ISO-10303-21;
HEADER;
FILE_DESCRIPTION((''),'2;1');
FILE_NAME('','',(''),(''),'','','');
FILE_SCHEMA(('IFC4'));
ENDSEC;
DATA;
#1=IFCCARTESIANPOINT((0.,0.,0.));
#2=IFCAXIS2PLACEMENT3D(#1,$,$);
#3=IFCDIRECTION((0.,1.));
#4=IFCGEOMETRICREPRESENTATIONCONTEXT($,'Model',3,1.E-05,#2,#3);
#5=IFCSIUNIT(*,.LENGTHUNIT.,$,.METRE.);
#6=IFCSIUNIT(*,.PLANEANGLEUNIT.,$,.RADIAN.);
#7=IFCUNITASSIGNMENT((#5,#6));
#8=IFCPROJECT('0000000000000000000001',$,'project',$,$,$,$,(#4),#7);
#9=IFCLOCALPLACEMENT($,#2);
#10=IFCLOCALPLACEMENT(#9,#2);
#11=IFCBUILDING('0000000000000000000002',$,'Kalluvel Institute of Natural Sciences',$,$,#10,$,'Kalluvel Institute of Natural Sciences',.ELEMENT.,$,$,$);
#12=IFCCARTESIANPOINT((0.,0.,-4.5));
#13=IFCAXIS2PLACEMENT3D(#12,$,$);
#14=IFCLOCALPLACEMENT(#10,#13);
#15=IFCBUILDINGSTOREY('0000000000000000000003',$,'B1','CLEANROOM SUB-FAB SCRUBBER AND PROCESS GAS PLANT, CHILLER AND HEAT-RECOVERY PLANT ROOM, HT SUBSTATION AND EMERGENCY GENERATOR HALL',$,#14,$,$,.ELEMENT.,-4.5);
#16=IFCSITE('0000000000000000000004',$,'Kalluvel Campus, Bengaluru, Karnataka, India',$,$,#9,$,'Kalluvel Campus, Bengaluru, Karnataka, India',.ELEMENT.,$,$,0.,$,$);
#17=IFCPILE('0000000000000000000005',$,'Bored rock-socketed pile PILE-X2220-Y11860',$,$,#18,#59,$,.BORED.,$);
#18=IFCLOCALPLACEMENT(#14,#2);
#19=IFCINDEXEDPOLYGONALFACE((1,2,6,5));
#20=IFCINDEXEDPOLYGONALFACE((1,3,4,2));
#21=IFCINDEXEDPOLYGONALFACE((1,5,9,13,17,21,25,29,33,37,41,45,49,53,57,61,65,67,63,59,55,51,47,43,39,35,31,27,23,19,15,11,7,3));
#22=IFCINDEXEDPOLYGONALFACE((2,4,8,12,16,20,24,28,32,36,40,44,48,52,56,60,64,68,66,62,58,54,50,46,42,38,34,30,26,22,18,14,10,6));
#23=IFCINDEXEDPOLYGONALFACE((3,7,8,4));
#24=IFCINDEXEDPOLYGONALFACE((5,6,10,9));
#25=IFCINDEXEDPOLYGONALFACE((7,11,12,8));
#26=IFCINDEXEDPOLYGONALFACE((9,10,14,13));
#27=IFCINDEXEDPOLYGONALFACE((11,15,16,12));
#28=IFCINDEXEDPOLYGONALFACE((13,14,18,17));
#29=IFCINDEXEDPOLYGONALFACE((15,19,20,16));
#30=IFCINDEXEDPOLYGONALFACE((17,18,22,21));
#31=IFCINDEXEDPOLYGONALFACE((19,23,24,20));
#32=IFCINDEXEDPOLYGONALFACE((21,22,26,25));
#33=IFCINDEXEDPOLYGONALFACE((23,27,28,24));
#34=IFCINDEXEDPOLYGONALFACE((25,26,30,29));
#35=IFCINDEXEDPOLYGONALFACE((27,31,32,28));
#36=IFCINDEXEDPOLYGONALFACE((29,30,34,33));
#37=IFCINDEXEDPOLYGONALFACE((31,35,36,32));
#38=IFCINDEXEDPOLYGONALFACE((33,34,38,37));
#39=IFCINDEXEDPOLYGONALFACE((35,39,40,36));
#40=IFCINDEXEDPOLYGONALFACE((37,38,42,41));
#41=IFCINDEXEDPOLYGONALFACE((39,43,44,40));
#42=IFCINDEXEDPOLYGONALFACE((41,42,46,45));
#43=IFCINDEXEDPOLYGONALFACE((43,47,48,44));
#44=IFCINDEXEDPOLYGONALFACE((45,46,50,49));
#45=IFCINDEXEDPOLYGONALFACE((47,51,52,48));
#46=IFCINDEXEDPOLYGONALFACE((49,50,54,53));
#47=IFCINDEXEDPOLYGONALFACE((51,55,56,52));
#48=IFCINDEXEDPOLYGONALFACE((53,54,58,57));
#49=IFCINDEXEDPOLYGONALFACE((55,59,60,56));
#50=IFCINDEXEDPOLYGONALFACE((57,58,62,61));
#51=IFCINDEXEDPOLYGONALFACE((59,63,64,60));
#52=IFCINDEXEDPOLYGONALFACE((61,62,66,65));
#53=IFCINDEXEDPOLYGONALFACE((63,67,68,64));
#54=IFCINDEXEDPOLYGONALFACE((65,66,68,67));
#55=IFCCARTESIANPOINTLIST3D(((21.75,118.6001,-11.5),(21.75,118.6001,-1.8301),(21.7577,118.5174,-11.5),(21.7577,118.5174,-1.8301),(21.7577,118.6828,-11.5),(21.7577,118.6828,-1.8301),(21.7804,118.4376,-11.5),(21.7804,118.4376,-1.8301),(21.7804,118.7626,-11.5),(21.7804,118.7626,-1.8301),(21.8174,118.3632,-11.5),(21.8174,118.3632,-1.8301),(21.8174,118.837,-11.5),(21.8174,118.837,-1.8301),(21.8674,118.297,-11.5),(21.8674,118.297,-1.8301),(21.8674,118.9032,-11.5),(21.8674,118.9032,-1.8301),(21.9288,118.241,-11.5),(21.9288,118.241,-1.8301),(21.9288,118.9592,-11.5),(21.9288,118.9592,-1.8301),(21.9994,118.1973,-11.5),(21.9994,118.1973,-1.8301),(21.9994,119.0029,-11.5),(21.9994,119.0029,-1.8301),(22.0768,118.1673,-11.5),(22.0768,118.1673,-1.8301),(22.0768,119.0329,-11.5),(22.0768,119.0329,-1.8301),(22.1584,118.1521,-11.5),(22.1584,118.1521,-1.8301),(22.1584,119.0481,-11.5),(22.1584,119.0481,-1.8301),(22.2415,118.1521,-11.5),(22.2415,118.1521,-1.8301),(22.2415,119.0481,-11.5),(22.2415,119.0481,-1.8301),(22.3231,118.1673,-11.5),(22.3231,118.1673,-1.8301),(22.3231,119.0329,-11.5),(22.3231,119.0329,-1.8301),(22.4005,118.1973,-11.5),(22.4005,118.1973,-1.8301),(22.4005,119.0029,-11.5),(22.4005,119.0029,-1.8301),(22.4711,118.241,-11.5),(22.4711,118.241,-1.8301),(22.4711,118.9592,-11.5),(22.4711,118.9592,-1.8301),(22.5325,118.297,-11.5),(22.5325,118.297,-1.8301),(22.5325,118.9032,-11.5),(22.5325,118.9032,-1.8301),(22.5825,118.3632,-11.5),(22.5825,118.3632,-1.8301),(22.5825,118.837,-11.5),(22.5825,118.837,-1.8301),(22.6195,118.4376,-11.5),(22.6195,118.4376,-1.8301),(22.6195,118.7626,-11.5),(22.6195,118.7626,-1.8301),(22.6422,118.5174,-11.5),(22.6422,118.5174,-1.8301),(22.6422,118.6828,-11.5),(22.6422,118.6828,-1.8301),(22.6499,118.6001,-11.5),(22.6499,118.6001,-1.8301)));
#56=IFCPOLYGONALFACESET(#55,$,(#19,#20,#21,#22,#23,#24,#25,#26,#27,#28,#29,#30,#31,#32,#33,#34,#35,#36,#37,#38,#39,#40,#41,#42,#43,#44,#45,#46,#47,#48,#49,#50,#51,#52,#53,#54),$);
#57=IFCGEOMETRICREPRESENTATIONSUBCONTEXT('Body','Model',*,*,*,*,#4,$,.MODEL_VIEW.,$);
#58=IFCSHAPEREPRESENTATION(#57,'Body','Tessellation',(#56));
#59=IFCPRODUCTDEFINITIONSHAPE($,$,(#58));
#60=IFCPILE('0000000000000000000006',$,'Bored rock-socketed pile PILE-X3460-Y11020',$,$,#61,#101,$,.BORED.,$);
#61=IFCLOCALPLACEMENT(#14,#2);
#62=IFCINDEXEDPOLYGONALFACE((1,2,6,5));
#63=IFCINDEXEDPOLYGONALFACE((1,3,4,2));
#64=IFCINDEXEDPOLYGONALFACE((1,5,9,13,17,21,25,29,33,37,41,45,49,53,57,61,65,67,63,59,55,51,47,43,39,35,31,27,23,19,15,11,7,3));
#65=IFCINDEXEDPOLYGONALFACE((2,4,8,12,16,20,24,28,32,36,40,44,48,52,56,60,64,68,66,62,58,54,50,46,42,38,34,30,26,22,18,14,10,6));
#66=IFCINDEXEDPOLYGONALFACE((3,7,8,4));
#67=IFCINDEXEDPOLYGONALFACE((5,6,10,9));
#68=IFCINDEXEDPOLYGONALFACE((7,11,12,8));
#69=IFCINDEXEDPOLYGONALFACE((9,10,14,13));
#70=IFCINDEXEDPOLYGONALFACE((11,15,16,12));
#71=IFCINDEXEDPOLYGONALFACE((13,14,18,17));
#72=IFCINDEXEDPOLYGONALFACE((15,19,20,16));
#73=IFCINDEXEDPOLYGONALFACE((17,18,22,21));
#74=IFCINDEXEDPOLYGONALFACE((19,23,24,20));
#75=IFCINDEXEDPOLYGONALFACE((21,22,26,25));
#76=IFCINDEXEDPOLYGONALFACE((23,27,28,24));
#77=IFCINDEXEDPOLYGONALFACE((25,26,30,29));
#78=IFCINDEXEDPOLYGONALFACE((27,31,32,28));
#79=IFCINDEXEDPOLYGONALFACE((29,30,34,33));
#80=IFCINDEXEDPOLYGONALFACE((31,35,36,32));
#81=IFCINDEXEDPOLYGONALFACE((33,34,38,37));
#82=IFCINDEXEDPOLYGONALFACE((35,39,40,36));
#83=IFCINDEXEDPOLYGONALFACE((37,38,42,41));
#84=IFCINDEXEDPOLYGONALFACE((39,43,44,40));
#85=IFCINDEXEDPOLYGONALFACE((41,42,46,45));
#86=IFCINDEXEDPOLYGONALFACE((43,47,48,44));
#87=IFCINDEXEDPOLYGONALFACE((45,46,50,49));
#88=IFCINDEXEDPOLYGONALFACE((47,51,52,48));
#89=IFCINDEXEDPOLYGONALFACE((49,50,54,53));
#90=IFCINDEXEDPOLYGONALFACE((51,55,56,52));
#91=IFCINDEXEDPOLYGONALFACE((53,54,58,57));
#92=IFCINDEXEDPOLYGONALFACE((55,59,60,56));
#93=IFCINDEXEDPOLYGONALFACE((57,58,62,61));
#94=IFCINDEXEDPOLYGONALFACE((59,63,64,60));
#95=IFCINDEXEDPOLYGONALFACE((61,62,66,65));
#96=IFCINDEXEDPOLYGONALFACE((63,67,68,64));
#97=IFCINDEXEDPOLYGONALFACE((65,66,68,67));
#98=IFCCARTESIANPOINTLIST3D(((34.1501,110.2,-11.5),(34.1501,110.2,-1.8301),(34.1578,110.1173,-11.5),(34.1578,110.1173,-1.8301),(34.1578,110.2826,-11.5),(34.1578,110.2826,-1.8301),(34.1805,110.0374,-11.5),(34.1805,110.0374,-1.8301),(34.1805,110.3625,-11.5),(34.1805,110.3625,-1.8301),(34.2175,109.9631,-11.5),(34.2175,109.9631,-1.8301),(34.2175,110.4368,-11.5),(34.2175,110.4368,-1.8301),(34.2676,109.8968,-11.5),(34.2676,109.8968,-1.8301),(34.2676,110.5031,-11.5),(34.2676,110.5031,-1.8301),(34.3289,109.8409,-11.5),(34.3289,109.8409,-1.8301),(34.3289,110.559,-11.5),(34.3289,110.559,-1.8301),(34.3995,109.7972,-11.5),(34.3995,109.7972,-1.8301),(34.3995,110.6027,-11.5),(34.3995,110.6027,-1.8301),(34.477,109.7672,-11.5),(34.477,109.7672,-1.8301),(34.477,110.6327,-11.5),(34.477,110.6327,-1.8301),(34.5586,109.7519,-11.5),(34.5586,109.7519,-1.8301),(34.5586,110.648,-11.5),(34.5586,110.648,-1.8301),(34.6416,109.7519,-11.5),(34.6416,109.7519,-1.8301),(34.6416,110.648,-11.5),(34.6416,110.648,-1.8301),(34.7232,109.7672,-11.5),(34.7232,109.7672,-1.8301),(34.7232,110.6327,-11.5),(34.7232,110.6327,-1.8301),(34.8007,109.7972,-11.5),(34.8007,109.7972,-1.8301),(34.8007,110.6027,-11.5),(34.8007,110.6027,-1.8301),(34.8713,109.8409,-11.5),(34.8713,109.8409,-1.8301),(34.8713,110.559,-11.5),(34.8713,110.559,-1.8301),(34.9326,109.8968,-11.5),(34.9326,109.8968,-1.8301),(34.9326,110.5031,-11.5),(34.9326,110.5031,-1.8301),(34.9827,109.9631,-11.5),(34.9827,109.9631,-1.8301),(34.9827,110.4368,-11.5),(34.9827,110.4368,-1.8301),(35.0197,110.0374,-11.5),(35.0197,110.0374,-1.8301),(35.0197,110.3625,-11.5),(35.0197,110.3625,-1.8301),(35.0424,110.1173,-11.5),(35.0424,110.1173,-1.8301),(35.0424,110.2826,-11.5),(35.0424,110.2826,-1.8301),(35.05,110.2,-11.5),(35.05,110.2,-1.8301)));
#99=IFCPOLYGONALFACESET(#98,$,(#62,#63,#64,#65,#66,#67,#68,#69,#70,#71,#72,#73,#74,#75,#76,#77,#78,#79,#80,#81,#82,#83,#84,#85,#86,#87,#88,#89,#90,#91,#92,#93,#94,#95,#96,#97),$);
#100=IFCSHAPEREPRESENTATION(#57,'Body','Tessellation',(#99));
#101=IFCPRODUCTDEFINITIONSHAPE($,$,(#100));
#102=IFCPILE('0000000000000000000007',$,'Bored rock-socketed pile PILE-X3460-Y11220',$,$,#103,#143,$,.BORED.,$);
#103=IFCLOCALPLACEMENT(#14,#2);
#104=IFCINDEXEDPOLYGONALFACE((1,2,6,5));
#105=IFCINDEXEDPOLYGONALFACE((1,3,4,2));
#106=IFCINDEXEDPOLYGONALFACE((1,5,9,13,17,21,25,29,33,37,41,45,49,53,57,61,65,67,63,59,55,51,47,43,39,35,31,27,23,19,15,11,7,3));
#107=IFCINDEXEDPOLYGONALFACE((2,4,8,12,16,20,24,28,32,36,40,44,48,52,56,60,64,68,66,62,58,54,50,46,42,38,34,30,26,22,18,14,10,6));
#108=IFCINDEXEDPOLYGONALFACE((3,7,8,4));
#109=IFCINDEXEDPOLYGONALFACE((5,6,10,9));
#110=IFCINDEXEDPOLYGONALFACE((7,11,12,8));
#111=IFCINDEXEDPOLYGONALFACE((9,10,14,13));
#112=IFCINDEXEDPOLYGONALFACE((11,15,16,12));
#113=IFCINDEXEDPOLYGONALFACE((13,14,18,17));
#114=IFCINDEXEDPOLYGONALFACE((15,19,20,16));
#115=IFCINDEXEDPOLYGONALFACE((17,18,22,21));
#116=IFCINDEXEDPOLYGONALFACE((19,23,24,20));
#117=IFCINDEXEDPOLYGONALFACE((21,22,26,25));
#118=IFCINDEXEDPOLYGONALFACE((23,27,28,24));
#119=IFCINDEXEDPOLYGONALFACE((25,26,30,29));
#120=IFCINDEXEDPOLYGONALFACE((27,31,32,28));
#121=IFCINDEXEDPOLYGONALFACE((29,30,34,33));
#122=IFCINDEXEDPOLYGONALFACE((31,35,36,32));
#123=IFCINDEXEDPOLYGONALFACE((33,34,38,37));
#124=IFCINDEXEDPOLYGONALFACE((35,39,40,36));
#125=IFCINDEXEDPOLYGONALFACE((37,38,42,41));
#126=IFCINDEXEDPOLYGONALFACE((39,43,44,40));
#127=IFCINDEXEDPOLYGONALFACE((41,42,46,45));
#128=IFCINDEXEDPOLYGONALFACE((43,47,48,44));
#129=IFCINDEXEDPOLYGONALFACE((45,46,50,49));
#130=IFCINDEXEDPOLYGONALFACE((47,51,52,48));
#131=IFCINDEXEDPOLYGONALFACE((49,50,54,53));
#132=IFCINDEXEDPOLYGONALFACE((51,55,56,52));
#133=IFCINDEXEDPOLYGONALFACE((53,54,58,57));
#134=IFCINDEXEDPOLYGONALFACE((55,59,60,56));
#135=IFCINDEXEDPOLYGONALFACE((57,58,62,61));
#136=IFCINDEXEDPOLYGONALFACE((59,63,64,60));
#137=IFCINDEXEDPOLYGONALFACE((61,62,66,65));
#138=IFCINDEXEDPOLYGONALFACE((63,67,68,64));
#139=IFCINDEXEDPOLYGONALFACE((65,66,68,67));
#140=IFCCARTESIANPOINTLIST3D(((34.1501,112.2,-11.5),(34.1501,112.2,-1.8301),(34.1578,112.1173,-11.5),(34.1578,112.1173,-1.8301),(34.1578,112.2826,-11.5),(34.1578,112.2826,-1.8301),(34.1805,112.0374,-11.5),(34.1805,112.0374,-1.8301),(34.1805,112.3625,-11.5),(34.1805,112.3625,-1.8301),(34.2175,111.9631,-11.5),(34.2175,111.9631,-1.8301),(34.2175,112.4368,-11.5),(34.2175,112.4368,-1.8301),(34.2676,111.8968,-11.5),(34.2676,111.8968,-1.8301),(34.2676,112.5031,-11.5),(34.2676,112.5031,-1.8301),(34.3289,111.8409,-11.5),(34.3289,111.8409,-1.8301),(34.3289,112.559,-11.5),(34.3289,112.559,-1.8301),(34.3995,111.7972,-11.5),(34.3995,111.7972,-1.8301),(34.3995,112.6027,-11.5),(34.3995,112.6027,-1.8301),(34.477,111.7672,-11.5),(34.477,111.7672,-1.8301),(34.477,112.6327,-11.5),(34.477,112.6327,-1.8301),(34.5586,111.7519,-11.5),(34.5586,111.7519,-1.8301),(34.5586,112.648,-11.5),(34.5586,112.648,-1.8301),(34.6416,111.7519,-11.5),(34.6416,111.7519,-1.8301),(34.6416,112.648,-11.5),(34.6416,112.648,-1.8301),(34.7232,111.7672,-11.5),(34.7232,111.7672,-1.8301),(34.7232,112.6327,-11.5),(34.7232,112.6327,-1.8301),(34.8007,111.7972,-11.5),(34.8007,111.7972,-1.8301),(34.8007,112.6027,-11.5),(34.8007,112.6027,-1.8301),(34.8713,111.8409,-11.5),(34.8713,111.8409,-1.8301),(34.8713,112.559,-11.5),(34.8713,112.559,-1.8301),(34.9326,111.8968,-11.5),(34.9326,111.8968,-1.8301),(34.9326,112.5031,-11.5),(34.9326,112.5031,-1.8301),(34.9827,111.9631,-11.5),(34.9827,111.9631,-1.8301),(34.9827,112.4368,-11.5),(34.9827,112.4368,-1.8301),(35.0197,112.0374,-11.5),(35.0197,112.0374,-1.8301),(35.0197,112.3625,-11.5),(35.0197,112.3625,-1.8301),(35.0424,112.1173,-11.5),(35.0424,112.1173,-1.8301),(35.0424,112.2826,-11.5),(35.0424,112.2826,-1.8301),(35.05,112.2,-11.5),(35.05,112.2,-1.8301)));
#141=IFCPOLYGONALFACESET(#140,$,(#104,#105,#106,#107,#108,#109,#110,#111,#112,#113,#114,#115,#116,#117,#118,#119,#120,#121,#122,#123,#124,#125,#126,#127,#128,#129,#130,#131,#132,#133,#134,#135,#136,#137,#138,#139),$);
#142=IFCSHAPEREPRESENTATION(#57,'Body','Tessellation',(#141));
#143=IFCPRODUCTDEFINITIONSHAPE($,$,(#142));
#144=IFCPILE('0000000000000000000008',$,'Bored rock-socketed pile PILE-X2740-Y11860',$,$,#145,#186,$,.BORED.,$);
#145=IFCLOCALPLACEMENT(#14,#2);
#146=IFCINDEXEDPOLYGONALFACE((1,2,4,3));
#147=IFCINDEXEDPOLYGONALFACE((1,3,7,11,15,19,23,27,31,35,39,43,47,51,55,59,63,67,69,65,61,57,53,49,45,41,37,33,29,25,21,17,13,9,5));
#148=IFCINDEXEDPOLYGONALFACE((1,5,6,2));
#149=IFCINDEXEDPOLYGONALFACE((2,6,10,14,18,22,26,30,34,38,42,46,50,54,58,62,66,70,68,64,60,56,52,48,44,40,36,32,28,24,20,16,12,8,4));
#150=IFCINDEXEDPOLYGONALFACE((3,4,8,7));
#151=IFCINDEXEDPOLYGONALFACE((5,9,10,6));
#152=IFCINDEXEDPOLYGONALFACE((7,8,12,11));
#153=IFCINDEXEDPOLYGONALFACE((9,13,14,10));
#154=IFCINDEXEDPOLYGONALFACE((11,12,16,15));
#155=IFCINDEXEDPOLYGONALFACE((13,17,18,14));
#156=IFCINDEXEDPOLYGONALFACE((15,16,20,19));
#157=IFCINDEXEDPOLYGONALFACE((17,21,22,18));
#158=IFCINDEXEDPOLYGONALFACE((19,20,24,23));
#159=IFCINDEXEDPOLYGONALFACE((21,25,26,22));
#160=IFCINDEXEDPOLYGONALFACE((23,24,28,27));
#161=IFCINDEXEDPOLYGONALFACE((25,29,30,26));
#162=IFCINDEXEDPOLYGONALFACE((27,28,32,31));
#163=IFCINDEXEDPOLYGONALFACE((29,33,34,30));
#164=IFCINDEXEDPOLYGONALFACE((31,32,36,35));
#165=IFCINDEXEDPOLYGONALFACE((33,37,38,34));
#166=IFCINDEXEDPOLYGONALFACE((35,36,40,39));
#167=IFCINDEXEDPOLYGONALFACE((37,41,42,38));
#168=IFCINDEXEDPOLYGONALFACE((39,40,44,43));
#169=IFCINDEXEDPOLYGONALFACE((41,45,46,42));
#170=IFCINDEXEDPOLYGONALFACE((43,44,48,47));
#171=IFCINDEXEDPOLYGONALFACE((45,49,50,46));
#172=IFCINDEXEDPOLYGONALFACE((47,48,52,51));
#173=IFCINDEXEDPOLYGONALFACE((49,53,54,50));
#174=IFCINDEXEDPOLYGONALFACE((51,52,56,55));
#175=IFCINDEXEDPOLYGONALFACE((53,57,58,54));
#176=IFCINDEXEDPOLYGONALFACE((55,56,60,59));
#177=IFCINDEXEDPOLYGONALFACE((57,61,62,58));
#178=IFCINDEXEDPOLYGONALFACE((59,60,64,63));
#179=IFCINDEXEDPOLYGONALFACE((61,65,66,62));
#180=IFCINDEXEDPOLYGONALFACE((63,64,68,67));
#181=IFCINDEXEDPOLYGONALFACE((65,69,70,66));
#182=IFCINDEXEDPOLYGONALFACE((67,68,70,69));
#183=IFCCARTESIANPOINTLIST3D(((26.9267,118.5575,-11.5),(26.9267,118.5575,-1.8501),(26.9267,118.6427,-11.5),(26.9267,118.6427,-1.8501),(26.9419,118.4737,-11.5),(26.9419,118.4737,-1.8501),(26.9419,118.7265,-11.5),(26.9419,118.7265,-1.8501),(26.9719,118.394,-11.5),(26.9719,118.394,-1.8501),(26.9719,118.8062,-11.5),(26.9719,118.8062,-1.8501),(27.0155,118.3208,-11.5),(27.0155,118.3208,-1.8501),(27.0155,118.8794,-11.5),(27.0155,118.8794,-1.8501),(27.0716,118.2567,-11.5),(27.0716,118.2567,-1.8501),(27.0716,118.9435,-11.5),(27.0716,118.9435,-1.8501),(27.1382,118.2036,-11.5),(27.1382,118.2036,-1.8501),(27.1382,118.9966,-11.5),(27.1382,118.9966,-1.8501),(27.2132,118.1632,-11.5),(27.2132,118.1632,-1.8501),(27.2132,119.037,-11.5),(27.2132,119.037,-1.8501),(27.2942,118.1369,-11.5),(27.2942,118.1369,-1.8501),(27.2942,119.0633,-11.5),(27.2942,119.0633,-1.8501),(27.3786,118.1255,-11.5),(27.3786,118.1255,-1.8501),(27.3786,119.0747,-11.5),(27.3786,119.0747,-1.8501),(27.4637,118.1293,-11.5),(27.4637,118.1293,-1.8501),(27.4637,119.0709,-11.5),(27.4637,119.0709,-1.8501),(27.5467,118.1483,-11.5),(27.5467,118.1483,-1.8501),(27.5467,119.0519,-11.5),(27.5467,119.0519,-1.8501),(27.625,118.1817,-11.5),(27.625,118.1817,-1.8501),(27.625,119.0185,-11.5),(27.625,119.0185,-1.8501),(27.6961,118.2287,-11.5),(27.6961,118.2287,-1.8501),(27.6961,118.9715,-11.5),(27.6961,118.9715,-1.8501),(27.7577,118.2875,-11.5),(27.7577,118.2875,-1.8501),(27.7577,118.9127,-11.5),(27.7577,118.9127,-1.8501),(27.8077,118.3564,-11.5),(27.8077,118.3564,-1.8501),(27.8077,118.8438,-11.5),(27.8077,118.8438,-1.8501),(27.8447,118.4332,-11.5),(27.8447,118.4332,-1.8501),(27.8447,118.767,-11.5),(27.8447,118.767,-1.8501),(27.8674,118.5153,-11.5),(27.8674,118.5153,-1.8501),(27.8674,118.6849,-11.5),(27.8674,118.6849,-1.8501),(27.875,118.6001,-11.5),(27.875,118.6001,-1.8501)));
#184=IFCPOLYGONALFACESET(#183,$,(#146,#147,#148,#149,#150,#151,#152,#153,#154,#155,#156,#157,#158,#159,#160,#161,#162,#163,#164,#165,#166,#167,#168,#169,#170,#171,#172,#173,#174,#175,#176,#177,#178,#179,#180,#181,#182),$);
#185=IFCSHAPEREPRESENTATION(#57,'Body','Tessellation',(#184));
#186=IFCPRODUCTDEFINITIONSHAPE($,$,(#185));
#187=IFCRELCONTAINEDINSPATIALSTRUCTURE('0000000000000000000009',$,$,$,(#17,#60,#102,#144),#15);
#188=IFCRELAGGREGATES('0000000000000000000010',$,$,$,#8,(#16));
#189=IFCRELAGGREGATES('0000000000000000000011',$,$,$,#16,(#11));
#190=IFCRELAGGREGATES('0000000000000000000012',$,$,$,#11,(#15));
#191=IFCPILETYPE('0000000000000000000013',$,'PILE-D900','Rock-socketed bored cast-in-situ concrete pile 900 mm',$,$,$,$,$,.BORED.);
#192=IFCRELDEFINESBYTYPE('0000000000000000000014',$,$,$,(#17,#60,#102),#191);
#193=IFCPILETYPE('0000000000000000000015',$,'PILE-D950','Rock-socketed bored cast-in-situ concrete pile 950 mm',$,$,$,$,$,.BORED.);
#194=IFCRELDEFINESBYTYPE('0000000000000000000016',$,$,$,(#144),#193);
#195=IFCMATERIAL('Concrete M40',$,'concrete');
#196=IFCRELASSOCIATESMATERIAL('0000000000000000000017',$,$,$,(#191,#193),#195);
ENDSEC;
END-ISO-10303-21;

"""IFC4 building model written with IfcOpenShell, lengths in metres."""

from ifc_helpers import new_model, si_unit, direction, frame, origin, origin_2d, place, context, subcontext, project, spatial, circle, extrude, material, material_profile, profile_set, type_object, element, save


model = new_model("IFC4")

# Units and contexts
model_context = context("Model", 3, precision=1e-05, world=origin(), true_north=direction((0.0, 1.0)))
body_context = subcontext(model_context, "Body", "Model", "MODEL_VIEW")
ifc_project = project(units=[si_unit("LENGTHUNIT", "METRE"), si_unit("PLANEANGLEUNIT", "RADIAN")], contexts=[model_context])

# Site, building, storey
site_placement = place(None, origin())
site = spatial("IfcSite", under=ifc_project, at=site_placement, Name="Kalluvel Campus, Bengaluru, Karnataka, India", LongName="Kalluvel Campus, Bengaluru, Karnataka, India", CompositionType="ELEMENT", RefElevation=0.0)
building_placement = place(site_placement, origin())
building = spatial("IfcBuilding", under=site, at=building_placement, Name="Kalluvel Institute of Natural Sciences", LongName="Kalluvel Institute of Natural Sciences", CompositionType="ELEMENT")
storey_placement = place(building_placement, frame((0.0, 0.0, -4.5)))
storey = spatial("IfcBuildingStorey", under=building, at=storey_placement, Name="B1", Description="CLEANROOM SUB-FAB SCRUBBER AND PROCESS GAS PLANT, CHILLER AND HEAT-RECOVERY PLANT ROOM, HT SUBSTATION AND EMERGENCY GENERATOR HALL", CompositionType="ELEMENT", Elevation=-4.5)

# Shared definitions
ifc_material_1 = material(Name="Concrete M40", Category="concrete")

# Piles
ifc_material_profile_1 = material_profile(ifc_material_1, circle(Radius=0.45, at=origin_2d()), Name="PILE D900")
ifc_profile_set_1 = profile_set([ifc_material_profile_1], Name="Concrete M40")
pile_type_1 = type_object("IfcPileType", Name="PILE-D900", Description="Rock-socketed bored cast-in-situ concrete pile 900 mm", PredefinedType="BORED", material=ifc_profile_set_1)
for number, where, z_axis, x_axis, name in (
    (1, (22.2, 118.6001, -1.8301), (0.0, 0.0, -1.0), (1.0, 0.0, 0.0), "Bored rock-socketed pile PILE-X2220-Y11860"),
    (2, (34.6001, 110.2, -1.8301), (0.0, 0.0, -1.0), (1.0, 0.0, 0.0), "Bored rock-socketed pile PILE-X3460-Y11020"),
    (3, (34.6001, 112.2, -1.8301), (0.0, 0.0, -1.0), (1.0, 0.0, 0.0), "Bored rock-socketed pile PILE-X3460-Y11220"),
):
    element("IfcPile", number, at=place(storey_placement, frame(where, z_axis=z_axis, x_axis=x_axis)), inside=storey, type_object=pile_type_1, Name=name, PredefinedType="BORED", context=body_context, shape_type="SweptSolid", body=[
        extrude(circle(Radius=0.45, at=origin_2d()), origin(), (0.0, 0.0, 1.0), 9.6699),
    ])
ifc_material_profile_2 = material_profile(ifc_material_1, circle(Radius=0.4751, at=origin_2d()), Name="PILE D950")
ifc_profile_set_2 = profile_set([ifc_material_profile_2], Name="Concrete M40")
pile_type_2 = type_object("IfcPileType", Name="PILE-D950", Description="Rock-socketed bored cast-in-situ concrete pile 950 mm", PredefinedType="BORED", material=ifc_profile_set_2)
for number, where, z_axis, x_axis, name in (
    (4, (27.3999, 118.6001, -1.8501), (0.0, 0.0, -1.0), (1.0, 0.0, 0.0), "Bored rock-socketed pile PILE-X2740-Y11860"),
):
    element("IfcPile", number, at=place(storey_placement, frame(where, z_axis=z_axis, x_axis=x_axis)), inside=storey, type_object=pile_type_2, Name=name, PredefinedType="BORED", context=body_context, shape_type="SweptSolid", body=[
        extrude(circle(Radius=0.4751, at=origin_2d()), origin(), (0.0, 0.0, 1.0), 9.6499),
    ])

save(model, "model.ifc")
